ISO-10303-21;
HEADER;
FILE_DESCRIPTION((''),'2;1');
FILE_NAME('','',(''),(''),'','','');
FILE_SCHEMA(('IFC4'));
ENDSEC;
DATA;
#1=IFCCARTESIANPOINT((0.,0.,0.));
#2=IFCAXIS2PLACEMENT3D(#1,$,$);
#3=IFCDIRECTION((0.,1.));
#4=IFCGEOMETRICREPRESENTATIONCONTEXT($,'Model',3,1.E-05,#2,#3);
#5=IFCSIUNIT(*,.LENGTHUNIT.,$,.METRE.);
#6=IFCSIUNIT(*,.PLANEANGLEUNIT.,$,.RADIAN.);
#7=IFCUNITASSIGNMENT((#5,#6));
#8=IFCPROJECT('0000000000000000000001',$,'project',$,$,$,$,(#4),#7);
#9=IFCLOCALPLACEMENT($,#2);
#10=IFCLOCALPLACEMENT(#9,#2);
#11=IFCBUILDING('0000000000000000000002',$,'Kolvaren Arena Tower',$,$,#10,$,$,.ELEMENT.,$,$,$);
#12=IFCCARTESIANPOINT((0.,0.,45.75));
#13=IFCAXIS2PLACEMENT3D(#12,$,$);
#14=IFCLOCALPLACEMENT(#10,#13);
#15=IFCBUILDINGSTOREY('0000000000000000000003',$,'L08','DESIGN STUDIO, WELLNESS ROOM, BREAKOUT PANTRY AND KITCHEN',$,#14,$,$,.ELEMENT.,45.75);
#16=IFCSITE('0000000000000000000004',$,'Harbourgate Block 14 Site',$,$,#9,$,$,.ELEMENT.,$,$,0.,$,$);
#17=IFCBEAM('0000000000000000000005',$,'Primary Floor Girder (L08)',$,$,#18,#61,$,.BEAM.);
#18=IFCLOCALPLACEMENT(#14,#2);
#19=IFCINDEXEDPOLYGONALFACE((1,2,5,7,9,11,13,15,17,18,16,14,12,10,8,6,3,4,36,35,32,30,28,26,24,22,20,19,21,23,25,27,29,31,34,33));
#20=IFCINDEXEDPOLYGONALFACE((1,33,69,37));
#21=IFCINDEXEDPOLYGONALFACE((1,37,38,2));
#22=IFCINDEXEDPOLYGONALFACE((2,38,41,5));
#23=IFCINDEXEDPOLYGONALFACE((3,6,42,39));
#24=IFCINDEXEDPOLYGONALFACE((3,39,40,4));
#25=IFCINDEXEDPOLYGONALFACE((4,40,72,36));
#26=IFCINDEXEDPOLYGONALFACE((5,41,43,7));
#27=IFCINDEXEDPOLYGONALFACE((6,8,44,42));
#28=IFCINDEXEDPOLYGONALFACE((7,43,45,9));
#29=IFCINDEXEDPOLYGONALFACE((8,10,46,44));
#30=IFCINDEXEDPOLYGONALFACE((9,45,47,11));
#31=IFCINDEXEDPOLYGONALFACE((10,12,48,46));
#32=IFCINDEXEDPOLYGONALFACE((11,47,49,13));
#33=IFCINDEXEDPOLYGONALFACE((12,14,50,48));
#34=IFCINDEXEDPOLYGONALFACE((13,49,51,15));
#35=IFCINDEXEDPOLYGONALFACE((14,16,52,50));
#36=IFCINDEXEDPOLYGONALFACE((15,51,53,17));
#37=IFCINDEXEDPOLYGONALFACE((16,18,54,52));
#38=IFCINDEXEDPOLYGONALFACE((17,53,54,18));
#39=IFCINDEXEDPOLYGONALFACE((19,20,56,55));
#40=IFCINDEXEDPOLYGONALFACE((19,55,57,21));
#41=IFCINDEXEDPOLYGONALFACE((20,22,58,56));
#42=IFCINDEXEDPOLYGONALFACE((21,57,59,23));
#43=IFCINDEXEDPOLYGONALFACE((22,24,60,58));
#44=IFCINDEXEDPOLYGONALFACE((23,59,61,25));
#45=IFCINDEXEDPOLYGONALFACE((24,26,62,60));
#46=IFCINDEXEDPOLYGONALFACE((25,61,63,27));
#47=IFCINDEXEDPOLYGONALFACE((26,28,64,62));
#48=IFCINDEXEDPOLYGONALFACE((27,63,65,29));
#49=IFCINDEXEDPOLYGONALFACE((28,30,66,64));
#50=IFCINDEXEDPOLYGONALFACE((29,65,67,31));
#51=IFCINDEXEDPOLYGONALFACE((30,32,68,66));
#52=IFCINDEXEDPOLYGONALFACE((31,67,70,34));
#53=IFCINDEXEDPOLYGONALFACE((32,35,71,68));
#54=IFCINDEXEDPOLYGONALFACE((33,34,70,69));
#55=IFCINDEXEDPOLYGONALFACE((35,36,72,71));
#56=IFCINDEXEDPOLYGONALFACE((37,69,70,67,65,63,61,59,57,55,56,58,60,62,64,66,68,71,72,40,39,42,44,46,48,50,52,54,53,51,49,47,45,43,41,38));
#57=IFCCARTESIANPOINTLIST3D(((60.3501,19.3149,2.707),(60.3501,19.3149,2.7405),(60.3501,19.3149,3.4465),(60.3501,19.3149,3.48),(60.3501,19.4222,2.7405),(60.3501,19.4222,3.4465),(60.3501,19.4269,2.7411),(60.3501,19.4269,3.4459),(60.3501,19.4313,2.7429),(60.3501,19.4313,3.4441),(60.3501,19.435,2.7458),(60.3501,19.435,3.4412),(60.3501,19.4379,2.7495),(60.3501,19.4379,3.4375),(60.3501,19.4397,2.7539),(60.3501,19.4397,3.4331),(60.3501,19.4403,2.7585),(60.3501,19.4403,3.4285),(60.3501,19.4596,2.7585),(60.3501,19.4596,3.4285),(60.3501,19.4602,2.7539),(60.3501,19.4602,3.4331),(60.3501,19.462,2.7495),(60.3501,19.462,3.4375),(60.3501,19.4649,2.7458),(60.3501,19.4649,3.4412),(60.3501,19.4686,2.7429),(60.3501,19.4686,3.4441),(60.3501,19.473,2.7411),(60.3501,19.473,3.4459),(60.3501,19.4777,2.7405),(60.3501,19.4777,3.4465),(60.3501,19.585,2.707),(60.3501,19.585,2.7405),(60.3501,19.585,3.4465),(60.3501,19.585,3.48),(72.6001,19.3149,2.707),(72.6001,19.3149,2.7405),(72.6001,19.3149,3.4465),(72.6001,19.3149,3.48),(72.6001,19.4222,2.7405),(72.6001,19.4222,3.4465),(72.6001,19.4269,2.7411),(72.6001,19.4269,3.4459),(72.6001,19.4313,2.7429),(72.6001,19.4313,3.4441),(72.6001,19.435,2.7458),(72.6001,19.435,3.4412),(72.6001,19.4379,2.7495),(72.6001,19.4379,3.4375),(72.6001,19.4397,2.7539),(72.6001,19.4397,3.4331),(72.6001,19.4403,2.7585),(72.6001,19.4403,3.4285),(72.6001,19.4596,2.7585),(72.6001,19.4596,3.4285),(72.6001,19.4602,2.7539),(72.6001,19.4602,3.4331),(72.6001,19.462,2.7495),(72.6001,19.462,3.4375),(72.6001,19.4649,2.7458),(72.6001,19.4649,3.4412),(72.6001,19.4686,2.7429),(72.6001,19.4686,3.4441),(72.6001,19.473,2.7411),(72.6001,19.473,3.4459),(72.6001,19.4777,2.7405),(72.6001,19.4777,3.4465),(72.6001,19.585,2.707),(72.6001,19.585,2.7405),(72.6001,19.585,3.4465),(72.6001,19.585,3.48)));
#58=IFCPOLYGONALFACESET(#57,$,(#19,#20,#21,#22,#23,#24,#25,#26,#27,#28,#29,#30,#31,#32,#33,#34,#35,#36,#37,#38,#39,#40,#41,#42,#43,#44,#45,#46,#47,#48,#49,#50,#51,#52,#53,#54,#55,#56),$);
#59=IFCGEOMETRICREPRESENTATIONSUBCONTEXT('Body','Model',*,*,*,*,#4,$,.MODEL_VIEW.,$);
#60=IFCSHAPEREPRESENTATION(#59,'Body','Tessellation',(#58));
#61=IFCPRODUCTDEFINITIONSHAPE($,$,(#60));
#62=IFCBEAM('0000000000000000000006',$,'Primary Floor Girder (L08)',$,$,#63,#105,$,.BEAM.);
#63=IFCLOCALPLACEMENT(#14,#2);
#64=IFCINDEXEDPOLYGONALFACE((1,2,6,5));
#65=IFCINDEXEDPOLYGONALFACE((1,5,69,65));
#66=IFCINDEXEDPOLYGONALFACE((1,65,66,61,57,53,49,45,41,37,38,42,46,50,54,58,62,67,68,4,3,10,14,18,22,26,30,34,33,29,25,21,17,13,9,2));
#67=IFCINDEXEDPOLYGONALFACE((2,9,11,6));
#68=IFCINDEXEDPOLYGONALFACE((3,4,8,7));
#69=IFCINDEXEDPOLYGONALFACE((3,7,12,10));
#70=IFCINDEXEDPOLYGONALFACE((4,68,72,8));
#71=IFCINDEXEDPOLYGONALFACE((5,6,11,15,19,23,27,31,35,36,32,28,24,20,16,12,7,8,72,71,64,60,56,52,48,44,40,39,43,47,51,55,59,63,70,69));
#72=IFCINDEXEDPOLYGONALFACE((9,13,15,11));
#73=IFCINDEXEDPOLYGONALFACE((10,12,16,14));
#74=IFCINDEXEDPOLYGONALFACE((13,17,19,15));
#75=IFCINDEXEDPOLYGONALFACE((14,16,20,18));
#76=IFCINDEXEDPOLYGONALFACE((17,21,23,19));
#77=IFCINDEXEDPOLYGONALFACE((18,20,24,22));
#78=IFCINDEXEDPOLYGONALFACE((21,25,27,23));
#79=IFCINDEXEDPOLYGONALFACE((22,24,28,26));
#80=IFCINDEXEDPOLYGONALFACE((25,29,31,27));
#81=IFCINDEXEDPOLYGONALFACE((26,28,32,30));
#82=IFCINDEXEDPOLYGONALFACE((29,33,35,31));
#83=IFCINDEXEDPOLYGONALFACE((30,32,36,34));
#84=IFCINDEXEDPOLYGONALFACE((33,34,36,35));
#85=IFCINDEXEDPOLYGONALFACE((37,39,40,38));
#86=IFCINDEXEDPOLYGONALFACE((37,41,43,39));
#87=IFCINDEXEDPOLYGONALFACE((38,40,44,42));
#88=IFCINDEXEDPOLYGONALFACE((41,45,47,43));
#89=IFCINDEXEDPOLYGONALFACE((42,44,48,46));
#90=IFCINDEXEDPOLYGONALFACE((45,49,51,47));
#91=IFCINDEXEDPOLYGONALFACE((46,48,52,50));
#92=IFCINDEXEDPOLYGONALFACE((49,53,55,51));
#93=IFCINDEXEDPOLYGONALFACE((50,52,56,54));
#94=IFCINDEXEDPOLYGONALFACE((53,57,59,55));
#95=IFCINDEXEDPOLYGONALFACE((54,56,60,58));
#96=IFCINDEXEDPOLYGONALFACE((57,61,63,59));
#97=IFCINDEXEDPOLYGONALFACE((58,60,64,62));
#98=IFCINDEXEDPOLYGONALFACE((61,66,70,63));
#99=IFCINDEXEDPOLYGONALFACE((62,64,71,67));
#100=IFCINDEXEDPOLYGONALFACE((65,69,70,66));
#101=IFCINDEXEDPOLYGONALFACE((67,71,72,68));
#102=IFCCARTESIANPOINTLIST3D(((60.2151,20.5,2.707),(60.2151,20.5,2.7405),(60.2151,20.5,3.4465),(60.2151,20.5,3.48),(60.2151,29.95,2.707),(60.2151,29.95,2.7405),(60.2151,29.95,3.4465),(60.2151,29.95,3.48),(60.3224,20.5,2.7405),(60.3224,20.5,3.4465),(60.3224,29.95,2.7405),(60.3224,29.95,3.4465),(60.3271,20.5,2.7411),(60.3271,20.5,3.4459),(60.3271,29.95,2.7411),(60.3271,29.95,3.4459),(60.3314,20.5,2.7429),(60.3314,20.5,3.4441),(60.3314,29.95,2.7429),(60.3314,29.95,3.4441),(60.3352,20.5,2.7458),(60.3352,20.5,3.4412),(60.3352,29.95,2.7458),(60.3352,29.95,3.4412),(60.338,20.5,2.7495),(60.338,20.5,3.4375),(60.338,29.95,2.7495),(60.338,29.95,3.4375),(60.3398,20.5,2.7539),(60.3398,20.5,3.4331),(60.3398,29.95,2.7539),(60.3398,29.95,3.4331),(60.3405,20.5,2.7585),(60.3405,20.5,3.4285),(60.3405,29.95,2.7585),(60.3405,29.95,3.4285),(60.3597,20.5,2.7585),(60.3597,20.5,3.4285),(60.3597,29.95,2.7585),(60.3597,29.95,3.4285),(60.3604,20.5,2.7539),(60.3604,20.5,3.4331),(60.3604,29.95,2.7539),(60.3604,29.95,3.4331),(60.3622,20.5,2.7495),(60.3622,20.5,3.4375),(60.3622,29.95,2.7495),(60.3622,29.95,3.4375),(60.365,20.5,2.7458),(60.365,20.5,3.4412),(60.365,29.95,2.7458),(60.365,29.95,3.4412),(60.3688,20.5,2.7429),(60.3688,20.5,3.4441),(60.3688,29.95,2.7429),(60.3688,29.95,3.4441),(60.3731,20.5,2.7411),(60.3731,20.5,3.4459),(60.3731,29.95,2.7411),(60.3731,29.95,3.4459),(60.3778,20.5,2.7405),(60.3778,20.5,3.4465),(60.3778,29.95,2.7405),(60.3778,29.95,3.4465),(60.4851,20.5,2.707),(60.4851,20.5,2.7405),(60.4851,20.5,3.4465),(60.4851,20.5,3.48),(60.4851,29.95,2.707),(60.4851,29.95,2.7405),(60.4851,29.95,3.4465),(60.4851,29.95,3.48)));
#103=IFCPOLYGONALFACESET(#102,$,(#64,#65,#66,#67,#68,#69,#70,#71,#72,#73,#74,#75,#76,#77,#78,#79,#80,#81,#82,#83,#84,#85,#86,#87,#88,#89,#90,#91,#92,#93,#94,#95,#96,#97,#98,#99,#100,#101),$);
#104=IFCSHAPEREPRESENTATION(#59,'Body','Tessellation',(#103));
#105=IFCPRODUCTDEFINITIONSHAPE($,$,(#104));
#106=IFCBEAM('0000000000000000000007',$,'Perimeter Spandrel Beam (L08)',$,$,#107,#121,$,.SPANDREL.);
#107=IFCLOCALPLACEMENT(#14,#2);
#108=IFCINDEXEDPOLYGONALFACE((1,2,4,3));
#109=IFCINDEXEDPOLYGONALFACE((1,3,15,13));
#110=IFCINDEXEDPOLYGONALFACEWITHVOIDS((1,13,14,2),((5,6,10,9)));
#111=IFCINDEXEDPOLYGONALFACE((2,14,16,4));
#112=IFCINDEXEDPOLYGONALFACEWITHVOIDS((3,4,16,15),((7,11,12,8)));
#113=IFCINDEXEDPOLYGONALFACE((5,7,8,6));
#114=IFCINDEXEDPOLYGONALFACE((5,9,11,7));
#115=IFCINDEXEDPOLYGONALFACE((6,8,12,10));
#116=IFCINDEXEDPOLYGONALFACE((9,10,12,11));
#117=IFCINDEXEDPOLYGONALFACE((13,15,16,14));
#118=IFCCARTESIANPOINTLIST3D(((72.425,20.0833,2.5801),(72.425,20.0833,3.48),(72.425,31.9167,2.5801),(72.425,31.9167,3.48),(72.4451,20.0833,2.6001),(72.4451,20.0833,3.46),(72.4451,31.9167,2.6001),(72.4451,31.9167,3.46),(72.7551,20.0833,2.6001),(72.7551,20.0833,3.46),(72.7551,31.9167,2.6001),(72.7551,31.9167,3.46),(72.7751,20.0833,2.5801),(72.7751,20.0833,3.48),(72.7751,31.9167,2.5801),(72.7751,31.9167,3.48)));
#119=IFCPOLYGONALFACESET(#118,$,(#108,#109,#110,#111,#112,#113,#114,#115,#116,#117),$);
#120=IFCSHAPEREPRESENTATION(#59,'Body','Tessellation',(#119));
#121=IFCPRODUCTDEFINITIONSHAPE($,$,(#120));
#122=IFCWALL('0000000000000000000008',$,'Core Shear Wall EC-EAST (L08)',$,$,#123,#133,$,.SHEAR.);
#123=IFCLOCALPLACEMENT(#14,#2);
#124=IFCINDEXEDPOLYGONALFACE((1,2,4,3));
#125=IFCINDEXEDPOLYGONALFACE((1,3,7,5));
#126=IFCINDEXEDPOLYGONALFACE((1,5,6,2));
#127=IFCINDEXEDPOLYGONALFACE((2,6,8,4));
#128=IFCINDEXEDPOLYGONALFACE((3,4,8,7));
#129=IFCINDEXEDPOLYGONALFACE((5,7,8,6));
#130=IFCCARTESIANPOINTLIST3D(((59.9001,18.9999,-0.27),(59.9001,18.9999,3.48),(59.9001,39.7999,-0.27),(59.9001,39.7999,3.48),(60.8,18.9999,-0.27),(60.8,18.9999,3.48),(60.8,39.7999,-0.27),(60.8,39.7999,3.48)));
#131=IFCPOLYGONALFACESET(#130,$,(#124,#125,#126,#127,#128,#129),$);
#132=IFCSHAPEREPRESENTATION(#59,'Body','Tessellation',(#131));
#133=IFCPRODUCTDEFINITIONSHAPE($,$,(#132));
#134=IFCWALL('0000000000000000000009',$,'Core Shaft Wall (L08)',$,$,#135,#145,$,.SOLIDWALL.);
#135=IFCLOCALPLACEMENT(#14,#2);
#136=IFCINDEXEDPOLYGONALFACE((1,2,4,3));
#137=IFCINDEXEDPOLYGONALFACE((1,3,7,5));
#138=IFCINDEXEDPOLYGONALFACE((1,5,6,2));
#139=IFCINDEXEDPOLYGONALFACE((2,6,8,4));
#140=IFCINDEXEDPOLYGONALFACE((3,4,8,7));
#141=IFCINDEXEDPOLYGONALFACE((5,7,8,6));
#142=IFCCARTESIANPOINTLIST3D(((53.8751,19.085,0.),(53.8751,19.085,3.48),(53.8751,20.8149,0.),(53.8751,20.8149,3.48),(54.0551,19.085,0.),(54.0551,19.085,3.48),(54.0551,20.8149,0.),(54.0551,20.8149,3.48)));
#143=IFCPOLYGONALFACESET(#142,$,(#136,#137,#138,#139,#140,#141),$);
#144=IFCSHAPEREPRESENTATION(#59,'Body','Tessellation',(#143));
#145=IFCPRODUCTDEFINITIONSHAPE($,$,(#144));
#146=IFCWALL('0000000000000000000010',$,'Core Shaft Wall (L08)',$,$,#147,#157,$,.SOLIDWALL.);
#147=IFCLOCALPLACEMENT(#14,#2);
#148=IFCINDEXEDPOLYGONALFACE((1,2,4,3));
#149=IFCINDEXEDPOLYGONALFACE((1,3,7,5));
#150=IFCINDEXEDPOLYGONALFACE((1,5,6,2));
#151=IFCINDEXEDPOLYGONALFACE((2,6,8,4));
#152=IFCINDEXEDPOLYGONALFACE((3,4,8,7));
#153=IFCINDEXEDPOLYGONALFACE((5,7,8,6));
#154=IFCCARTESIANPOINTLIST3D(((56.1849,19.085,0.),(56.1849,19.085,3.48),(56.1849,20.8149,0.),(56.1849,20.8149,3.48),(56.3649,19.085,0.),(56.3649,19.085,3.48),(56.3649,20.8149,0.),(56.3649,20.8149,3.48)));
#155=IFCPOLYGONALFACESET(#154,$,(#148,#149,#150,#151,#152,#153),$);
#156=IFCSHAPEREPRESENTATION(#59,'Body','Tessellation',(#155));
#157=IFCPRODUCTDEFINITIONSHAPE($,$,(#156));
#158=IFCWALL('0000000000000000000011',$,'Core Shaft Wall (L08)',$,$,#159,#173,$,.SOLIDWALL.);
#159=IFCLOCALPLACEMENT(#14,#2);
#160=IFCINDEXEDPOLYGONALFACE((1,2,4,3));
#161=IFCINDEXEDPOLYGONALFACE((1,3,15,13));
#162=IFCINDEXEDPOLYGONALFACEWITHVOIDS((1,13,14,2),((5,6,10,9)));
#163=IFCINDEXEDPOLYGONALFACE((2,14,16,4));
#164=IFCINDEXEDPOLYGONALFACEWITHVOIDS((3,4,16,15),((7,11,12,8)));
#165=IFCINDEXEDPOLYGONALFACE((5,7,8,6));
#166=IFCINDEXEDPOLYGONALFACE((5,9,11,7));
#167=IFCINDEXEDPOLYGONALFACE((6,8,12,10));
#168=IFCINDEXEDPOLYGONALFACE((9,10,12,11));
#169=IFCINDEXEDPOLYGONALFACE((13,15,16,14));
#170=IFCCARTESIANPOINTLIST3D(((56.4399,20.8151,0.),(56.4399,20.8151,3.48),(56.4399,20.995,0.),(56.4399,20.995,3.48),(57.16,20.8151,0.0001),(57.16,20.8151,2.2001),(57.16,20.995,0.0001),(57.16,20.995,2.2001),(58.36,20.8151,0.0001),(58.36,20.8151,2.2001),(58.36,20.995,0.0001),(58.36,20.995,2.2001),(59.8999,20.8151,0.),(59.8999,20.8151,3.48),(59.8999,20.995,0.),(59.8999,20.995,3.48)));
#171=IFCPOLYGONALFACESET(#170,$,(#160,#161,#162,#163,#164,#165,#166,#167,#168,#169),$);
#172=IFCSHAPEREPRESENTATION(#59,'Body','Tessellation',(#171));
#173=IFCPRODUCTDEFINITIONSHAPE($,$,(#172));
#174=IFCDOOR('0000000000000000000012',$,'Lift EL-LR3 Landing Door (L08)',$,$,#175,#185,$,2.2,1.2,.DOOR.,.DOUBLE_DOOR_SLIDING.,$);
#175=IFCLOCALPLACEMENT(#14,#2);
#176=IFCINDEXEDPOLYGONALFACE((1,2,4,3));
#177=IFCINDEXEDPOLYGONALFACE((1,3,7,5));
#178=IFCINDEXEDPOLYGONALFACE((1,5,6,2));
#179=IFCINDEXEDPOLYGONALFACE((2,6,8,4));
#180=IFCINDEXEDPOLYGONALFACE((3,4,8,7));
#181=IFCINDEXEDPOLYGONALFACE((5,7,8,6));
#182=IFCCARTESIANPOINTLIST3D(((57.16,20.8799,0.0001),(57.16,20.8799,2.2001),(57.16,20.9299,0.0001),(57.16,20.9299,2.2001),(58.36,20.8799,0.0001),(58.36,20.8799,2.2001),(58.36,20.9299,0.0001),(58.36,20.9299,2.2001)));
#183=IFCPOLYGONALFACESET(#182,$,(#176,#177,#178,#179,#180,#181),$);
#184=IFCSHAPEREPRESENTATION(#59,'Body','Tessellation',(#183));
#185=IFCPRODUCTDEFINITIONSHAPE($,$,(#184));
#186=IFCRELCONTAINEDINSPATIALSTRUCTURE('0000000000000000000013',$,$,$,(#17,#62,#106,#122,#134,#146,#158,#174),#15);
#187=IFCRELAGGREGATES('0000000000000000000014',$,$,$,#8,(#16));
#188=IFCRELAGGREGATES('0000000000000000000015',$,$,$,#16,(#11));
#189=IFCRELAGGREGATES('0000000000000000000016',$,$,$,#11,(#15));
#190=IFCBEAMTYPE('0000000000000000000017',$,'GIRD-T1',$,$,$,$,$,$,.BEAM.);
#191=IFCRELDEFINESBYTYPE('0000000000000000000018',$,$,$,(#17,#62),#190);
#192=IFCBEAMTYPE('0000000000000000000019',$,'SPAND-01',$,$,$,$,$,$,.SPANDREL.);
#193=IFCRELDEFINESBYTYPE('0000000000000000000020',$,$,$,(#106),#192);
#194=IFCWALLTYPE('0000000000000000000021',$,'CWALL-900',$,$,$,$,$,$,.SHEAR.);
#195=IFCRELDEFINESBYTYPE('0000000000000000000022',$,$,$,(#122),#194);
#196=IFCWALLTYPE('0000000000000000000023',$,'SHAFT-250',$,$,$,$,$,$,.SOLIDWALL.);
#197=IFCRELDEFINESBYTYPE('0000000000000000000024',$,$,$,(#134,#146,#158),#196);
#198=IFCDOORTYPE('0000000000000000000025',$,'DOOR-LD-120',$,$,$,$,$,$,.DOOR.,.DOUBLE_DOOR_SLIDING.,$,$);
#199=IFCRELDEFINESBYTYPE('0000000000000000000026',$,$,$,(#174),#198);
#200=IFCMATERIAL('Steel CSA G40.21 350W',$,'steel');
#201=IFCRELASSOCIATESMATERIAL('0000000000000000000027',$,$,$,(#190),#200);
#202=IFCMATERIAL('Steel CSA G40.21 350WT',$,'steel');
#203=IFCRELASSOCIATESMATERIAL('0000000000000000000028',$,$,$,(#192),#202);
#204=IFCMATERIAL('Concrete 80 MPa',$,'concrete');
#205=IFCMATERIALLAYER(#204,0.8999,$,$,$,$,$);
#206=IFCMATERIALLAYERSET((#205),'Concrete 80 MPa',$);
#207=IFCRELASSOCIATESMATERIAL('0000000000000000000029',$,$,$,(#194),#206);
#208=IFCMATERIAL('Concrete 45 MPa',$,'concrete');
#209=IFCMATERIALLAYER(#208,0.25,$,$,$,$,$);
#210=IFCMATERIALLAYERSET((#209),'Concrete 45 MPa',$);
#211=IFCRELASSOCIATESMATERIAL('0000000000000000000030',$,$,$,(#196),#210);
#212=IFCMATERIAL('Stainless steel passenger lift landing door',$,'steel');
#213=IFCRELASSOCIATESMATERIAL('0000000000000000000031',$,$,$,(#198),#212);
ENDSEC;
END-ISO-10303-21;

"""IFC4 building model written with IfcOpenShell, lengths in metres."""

from ifc_helpers import new_model, si_unit, direction, frame, frame_2d, origin, origin_2d, place, context, subcontext, project, spatial, rectangle, hollow_rectangle, i_section, extrude, material, layer, layer_set, material_profile, profile_set, type_object, element, fill, save


model = new_model("IFC4")

# Units and contexts
model_context = context("Model", 3, precision=1e-05, world=origin(), true_north=direction((0.0, 1.0)))
body_context = subcontext(model_context, "Body", "Model", "MODEL_VIEW")
ifc_project = project(units=[si_unit("LENGTHUNIT", "METRE"), si_unit("PLANEANGLEUNIT", "RADIAN")], contexts=[model_context])

# Site, building, storey
site_placement = place(None, origin())
site = spatial("IfcSite", under=ifc_project, at=site_placement, Name="Harbourgate Block 14 Site", CompositionType="ELEMENT", RefElevation=0.0)
building_placement = place(site_placement, origin())
building = spatial("IfcBuilding", under=site, at=building_placement, Name="Kolvaren Arena Tower", CompositionType="ELEMENT")
storey_placement = place(building_placement, frame((0.0, 0.0, 45.75)))
storey = spatial("IfcBuildingStorey", under=building, at=storey_placement, Name="L08", Description="DESIGN STUDIO, WELLNESS ROOM, BREAKOUT PANTRY AND KITCHEN", CompositionType="ELEMENT", Elevation=45.75)

# Beams
ifc_material_1 = material(Name="Steel CSA G40.21 350W", Category="steel")
ifc_material_profile_1 = material_profile(ifc_material_1, i_section(OverallWidth=0.27, OverallDepth=0.7729, WebThickness=0.0193, FlangeThickness=0.0334, FilletRadius=0.0181, at=origin_2d()), Name="W760x257")
ifc_profile_set_1 = profile_set([ifc_material_profile_1], Name="Steel CSA G40.21 350W")
beam_type_1 = type_object("IfcBeamType", Name="GIRD-T1", PredefinedType="BEAM", material=ifc_profile_set_1)
beam_1_placement = place(storey_placement, frame((60.3501, 19.45, 3.0935), z_axis=(1.0, 0.0, 0.0), x_axis=(0.0, 1.0, 0.0)))
element("IfcBeam", 1, at=beam_1_placement, inside=storey, type_object=beam_type_1, Name="Primary Floor Girder (L08)", PredefinedType="BEAM", context=body_context, shape_type="SweptSolid", body=[
    extrude(i_section(OverallWidth=0.27, OverallDepth=0.7729, WebThickness=0.0193, FlangeThickness=0.0334, FilletRadius=0.0181, at=origin_2d()), origin(), (0.0, 0.0, 1.0), 12.25),
])
beam_2_placement = place(storey_placement, frame((60.3501, 20.5, 3.0935), z_axis=(0.0, 1.0, 0.0), x_axis=(-1.0, 0.0, 0.0)))
element("IfcBeam", 2, at=beam_2_placement, inside=storey, type_object=beam_type_1, Name="Primary Floor Girder (L08)", PredefinedType="BEAM", context=body_context, shape_type="SweptSolid", body=[
    extrude(i_section(OverallWidth=0.27, OverallDepth=0.7729, WebThickness=0.0193, FlangeThickness=0.0334, FilletRadius=0.0181, at=origin_2d()), origin(), (0.0, 0.0, 1.0), 9.45),
])
ifc_material_2 = material(Name="Steel CSA G40.21 350WT", Category="steel")
ifc_material_profile_2 = material_profile(ifc_material_2, hollow_rectangle(XDim=0.3501, YDim=0.8999, WallThickness=0.02, at=origin_2d()), Name="HSS 900x350x20")
ifc_profile_set_2 = profile_set([ifc_material_profile_2], Name="Steel CSA G40.21 350WT")
beam_type_2 = type_object("IfcBeamType", Name="SPAND-01", PredefinedType="SPANDREL", material=ifc_profile_set_2)
beam_3_placement = place(storey_placement, frame((72.6001, 20.0833, 3.03), z_axis=(0.0, 1.0, 0.0), x_axis=(-1.0, 0.0, 0.0)))
element("IfcBeam", 3, at=beam_3_placement, inside=storey, type_object=beam_type_2, Name="Perimeter Spandrel Beam (L08)", PredefinedType="SPANDREL", context=body_context, shape_type="SweptSolid", body=[
    extrude(hollow_rectangle(XDim=0.3501, YDim=0.8999, WallThickness=0.02, at=origin_2d()), origin(), (0.0, 0.0, 1.0), 11.8335),
])

# Walls
ifc_material_3 = material(Name="Concrete 80 MPa", Category="concrete")
ifc_layer_1 = layer(ifc_material_3, 0.8999)
ifc_layer_set_1 = layer_set([ifc_layer_1], Name="Concrete 80 MPa")
wall_type_1 = type_object("IfcWallType", Name="CWALL-900", PredefinedType="SHEAR", material=ifc_layer_set_1)
wall_1_placement = place(storey_placement, frame((60.3501, 19.0, -0.27), z_axis=(0.0, 0.0, 1.0), x_axis=(0.0, 1.0, 0.0)))
element("IfcWall", 4, at=wall_1_placement, inside=storey, type_object=wall_type_1, Name="Core Shear Wall EC-EAST (L08)", PredefinedType="SHEAR", context=body_context, shape_type="SweptSolid", body=[
    extrude(rectangle(XDim=20.8, YDim=0.8999, at=frame_2d((10.3999, 0.0))), origin(), (0.0, 0.0, 1.0), 3.75),
])
ifc_material_4 = material(Name="Concrete 45 MPa", Category="concrete")
ifc_layer_2 = layer(ifc_material_4, 0.25)
ifc_layer_set_2 = layer_set([ifc_layer_2], Name="Concrete 45 MPa")
wall_type_2 = type_object("IfcWallType", Name="SHAFT-250", PredefinedType="SOLIDWALL", material=ifc_layer_set_2)
for number, where, z_axis, x_axis, name in (
    (5, (53.9651, 19.085, 0.0), (0.0, 0.0, 1.0), (0.0, 1.0, 0.0), "Core Shaft Wall (L08)"),
    (6, (56.2749, 19.085, 0.0), (0.0, 0.0, 1.0), (0.0, 1.0, 0.0), "Core Shaft Wall (L08)"),
):
    element("IfcWall", number, at=place(storey_placement, frame(where, z_axis=z_axis, x_axis=x_axis)), inside=storey, type_object=wall_type_2, Name=name, PredefinedType="SOLIDWALL", context=body_context, shape_type="SweptSolid", body=[
        extrude(rectangle(XDim=1.73, YDim=0.1799, at=frame_2d((0.865, 0.0))), origin(), (0.0, 0.0, 1.0), 3.48),
    ])

# Wall, opening, door
wall_2_placement = place(storey_placement, frame((56.4399, 20.905, 0.0), z_axis=(0.0, 0.0, 1.0), x_axis=(1.0, 0.0, 0.0)))
wall_2 = element("IfcWall", 7, at=wall_2_placement, inside=storey, type_object=wall_type_2, Name="Core Shaft Wall (L08)", PredefinedType="SOLIDWALL", context=body_context, shape_type="SweptSolid", body=[
    extrude(rectangle(XDim=3.46, YDim=0.1799, at=frame_2d((1.73, 0.0))), origin(), (0.0, 0.0, 1.0), 3.48),
])
opening_placement = place(wall_2_placement, frame((0.72, 0.0, 0.0)))
opening = element("IfcOpeningElement", 8, at=opening_placement, cuts=wall_2, PredefinedType="OPENING", context=body_context, shape_type="SweptSolid", body=[
    extrude(rectangle(XDim=1.2, YDim=2.2, at=frame_2d((0.6001, 1.1001))), frame((0.0, 0.0999, 0.0), z_axis=(0.0, -1.0, 0.0), x_axis=(1.0, 0.0, 0.0)), (0.0, 0.0, 1.0), 0.2),
])
ifc_material_5 = material(Name="Stainless steel passenger lift landing door", Category="steel")
door_type = type_object("IfcDoorType", Name="DOOR-LD-120", OperationType="DOUBLE_DOOR_SLIDING", PredefinedType="DOOR", material=ifc_material_5)
door_placement = place(opening_placement, origin())
door = element("IfcDoor", 9, at=door_placement, inside=storey, type_object=door_type, Name="Lift EL-LR3 Landing Door (L08)", OperationType="DOUBLE_DOOR_SLIDING", OverallHeight=2.2, OverallWidth=1.2, PredefinedType="DOOR", context=body_context, shape_type="SweptSolid", body=[
    extrude(rectangle(XDim=1.2, YDim=2.2, at=frame_2d((0.6001, 1.1001))), frame((0.0, 0.0249, 0.0), z_axis=(0.0, -1.0, 0.0), x_axis=(1.0, 0.0, 0.0)), (0.0, 0.0, 1.0), 0.05),
])
fill(opening, door)

save(model, "model.ifc")
